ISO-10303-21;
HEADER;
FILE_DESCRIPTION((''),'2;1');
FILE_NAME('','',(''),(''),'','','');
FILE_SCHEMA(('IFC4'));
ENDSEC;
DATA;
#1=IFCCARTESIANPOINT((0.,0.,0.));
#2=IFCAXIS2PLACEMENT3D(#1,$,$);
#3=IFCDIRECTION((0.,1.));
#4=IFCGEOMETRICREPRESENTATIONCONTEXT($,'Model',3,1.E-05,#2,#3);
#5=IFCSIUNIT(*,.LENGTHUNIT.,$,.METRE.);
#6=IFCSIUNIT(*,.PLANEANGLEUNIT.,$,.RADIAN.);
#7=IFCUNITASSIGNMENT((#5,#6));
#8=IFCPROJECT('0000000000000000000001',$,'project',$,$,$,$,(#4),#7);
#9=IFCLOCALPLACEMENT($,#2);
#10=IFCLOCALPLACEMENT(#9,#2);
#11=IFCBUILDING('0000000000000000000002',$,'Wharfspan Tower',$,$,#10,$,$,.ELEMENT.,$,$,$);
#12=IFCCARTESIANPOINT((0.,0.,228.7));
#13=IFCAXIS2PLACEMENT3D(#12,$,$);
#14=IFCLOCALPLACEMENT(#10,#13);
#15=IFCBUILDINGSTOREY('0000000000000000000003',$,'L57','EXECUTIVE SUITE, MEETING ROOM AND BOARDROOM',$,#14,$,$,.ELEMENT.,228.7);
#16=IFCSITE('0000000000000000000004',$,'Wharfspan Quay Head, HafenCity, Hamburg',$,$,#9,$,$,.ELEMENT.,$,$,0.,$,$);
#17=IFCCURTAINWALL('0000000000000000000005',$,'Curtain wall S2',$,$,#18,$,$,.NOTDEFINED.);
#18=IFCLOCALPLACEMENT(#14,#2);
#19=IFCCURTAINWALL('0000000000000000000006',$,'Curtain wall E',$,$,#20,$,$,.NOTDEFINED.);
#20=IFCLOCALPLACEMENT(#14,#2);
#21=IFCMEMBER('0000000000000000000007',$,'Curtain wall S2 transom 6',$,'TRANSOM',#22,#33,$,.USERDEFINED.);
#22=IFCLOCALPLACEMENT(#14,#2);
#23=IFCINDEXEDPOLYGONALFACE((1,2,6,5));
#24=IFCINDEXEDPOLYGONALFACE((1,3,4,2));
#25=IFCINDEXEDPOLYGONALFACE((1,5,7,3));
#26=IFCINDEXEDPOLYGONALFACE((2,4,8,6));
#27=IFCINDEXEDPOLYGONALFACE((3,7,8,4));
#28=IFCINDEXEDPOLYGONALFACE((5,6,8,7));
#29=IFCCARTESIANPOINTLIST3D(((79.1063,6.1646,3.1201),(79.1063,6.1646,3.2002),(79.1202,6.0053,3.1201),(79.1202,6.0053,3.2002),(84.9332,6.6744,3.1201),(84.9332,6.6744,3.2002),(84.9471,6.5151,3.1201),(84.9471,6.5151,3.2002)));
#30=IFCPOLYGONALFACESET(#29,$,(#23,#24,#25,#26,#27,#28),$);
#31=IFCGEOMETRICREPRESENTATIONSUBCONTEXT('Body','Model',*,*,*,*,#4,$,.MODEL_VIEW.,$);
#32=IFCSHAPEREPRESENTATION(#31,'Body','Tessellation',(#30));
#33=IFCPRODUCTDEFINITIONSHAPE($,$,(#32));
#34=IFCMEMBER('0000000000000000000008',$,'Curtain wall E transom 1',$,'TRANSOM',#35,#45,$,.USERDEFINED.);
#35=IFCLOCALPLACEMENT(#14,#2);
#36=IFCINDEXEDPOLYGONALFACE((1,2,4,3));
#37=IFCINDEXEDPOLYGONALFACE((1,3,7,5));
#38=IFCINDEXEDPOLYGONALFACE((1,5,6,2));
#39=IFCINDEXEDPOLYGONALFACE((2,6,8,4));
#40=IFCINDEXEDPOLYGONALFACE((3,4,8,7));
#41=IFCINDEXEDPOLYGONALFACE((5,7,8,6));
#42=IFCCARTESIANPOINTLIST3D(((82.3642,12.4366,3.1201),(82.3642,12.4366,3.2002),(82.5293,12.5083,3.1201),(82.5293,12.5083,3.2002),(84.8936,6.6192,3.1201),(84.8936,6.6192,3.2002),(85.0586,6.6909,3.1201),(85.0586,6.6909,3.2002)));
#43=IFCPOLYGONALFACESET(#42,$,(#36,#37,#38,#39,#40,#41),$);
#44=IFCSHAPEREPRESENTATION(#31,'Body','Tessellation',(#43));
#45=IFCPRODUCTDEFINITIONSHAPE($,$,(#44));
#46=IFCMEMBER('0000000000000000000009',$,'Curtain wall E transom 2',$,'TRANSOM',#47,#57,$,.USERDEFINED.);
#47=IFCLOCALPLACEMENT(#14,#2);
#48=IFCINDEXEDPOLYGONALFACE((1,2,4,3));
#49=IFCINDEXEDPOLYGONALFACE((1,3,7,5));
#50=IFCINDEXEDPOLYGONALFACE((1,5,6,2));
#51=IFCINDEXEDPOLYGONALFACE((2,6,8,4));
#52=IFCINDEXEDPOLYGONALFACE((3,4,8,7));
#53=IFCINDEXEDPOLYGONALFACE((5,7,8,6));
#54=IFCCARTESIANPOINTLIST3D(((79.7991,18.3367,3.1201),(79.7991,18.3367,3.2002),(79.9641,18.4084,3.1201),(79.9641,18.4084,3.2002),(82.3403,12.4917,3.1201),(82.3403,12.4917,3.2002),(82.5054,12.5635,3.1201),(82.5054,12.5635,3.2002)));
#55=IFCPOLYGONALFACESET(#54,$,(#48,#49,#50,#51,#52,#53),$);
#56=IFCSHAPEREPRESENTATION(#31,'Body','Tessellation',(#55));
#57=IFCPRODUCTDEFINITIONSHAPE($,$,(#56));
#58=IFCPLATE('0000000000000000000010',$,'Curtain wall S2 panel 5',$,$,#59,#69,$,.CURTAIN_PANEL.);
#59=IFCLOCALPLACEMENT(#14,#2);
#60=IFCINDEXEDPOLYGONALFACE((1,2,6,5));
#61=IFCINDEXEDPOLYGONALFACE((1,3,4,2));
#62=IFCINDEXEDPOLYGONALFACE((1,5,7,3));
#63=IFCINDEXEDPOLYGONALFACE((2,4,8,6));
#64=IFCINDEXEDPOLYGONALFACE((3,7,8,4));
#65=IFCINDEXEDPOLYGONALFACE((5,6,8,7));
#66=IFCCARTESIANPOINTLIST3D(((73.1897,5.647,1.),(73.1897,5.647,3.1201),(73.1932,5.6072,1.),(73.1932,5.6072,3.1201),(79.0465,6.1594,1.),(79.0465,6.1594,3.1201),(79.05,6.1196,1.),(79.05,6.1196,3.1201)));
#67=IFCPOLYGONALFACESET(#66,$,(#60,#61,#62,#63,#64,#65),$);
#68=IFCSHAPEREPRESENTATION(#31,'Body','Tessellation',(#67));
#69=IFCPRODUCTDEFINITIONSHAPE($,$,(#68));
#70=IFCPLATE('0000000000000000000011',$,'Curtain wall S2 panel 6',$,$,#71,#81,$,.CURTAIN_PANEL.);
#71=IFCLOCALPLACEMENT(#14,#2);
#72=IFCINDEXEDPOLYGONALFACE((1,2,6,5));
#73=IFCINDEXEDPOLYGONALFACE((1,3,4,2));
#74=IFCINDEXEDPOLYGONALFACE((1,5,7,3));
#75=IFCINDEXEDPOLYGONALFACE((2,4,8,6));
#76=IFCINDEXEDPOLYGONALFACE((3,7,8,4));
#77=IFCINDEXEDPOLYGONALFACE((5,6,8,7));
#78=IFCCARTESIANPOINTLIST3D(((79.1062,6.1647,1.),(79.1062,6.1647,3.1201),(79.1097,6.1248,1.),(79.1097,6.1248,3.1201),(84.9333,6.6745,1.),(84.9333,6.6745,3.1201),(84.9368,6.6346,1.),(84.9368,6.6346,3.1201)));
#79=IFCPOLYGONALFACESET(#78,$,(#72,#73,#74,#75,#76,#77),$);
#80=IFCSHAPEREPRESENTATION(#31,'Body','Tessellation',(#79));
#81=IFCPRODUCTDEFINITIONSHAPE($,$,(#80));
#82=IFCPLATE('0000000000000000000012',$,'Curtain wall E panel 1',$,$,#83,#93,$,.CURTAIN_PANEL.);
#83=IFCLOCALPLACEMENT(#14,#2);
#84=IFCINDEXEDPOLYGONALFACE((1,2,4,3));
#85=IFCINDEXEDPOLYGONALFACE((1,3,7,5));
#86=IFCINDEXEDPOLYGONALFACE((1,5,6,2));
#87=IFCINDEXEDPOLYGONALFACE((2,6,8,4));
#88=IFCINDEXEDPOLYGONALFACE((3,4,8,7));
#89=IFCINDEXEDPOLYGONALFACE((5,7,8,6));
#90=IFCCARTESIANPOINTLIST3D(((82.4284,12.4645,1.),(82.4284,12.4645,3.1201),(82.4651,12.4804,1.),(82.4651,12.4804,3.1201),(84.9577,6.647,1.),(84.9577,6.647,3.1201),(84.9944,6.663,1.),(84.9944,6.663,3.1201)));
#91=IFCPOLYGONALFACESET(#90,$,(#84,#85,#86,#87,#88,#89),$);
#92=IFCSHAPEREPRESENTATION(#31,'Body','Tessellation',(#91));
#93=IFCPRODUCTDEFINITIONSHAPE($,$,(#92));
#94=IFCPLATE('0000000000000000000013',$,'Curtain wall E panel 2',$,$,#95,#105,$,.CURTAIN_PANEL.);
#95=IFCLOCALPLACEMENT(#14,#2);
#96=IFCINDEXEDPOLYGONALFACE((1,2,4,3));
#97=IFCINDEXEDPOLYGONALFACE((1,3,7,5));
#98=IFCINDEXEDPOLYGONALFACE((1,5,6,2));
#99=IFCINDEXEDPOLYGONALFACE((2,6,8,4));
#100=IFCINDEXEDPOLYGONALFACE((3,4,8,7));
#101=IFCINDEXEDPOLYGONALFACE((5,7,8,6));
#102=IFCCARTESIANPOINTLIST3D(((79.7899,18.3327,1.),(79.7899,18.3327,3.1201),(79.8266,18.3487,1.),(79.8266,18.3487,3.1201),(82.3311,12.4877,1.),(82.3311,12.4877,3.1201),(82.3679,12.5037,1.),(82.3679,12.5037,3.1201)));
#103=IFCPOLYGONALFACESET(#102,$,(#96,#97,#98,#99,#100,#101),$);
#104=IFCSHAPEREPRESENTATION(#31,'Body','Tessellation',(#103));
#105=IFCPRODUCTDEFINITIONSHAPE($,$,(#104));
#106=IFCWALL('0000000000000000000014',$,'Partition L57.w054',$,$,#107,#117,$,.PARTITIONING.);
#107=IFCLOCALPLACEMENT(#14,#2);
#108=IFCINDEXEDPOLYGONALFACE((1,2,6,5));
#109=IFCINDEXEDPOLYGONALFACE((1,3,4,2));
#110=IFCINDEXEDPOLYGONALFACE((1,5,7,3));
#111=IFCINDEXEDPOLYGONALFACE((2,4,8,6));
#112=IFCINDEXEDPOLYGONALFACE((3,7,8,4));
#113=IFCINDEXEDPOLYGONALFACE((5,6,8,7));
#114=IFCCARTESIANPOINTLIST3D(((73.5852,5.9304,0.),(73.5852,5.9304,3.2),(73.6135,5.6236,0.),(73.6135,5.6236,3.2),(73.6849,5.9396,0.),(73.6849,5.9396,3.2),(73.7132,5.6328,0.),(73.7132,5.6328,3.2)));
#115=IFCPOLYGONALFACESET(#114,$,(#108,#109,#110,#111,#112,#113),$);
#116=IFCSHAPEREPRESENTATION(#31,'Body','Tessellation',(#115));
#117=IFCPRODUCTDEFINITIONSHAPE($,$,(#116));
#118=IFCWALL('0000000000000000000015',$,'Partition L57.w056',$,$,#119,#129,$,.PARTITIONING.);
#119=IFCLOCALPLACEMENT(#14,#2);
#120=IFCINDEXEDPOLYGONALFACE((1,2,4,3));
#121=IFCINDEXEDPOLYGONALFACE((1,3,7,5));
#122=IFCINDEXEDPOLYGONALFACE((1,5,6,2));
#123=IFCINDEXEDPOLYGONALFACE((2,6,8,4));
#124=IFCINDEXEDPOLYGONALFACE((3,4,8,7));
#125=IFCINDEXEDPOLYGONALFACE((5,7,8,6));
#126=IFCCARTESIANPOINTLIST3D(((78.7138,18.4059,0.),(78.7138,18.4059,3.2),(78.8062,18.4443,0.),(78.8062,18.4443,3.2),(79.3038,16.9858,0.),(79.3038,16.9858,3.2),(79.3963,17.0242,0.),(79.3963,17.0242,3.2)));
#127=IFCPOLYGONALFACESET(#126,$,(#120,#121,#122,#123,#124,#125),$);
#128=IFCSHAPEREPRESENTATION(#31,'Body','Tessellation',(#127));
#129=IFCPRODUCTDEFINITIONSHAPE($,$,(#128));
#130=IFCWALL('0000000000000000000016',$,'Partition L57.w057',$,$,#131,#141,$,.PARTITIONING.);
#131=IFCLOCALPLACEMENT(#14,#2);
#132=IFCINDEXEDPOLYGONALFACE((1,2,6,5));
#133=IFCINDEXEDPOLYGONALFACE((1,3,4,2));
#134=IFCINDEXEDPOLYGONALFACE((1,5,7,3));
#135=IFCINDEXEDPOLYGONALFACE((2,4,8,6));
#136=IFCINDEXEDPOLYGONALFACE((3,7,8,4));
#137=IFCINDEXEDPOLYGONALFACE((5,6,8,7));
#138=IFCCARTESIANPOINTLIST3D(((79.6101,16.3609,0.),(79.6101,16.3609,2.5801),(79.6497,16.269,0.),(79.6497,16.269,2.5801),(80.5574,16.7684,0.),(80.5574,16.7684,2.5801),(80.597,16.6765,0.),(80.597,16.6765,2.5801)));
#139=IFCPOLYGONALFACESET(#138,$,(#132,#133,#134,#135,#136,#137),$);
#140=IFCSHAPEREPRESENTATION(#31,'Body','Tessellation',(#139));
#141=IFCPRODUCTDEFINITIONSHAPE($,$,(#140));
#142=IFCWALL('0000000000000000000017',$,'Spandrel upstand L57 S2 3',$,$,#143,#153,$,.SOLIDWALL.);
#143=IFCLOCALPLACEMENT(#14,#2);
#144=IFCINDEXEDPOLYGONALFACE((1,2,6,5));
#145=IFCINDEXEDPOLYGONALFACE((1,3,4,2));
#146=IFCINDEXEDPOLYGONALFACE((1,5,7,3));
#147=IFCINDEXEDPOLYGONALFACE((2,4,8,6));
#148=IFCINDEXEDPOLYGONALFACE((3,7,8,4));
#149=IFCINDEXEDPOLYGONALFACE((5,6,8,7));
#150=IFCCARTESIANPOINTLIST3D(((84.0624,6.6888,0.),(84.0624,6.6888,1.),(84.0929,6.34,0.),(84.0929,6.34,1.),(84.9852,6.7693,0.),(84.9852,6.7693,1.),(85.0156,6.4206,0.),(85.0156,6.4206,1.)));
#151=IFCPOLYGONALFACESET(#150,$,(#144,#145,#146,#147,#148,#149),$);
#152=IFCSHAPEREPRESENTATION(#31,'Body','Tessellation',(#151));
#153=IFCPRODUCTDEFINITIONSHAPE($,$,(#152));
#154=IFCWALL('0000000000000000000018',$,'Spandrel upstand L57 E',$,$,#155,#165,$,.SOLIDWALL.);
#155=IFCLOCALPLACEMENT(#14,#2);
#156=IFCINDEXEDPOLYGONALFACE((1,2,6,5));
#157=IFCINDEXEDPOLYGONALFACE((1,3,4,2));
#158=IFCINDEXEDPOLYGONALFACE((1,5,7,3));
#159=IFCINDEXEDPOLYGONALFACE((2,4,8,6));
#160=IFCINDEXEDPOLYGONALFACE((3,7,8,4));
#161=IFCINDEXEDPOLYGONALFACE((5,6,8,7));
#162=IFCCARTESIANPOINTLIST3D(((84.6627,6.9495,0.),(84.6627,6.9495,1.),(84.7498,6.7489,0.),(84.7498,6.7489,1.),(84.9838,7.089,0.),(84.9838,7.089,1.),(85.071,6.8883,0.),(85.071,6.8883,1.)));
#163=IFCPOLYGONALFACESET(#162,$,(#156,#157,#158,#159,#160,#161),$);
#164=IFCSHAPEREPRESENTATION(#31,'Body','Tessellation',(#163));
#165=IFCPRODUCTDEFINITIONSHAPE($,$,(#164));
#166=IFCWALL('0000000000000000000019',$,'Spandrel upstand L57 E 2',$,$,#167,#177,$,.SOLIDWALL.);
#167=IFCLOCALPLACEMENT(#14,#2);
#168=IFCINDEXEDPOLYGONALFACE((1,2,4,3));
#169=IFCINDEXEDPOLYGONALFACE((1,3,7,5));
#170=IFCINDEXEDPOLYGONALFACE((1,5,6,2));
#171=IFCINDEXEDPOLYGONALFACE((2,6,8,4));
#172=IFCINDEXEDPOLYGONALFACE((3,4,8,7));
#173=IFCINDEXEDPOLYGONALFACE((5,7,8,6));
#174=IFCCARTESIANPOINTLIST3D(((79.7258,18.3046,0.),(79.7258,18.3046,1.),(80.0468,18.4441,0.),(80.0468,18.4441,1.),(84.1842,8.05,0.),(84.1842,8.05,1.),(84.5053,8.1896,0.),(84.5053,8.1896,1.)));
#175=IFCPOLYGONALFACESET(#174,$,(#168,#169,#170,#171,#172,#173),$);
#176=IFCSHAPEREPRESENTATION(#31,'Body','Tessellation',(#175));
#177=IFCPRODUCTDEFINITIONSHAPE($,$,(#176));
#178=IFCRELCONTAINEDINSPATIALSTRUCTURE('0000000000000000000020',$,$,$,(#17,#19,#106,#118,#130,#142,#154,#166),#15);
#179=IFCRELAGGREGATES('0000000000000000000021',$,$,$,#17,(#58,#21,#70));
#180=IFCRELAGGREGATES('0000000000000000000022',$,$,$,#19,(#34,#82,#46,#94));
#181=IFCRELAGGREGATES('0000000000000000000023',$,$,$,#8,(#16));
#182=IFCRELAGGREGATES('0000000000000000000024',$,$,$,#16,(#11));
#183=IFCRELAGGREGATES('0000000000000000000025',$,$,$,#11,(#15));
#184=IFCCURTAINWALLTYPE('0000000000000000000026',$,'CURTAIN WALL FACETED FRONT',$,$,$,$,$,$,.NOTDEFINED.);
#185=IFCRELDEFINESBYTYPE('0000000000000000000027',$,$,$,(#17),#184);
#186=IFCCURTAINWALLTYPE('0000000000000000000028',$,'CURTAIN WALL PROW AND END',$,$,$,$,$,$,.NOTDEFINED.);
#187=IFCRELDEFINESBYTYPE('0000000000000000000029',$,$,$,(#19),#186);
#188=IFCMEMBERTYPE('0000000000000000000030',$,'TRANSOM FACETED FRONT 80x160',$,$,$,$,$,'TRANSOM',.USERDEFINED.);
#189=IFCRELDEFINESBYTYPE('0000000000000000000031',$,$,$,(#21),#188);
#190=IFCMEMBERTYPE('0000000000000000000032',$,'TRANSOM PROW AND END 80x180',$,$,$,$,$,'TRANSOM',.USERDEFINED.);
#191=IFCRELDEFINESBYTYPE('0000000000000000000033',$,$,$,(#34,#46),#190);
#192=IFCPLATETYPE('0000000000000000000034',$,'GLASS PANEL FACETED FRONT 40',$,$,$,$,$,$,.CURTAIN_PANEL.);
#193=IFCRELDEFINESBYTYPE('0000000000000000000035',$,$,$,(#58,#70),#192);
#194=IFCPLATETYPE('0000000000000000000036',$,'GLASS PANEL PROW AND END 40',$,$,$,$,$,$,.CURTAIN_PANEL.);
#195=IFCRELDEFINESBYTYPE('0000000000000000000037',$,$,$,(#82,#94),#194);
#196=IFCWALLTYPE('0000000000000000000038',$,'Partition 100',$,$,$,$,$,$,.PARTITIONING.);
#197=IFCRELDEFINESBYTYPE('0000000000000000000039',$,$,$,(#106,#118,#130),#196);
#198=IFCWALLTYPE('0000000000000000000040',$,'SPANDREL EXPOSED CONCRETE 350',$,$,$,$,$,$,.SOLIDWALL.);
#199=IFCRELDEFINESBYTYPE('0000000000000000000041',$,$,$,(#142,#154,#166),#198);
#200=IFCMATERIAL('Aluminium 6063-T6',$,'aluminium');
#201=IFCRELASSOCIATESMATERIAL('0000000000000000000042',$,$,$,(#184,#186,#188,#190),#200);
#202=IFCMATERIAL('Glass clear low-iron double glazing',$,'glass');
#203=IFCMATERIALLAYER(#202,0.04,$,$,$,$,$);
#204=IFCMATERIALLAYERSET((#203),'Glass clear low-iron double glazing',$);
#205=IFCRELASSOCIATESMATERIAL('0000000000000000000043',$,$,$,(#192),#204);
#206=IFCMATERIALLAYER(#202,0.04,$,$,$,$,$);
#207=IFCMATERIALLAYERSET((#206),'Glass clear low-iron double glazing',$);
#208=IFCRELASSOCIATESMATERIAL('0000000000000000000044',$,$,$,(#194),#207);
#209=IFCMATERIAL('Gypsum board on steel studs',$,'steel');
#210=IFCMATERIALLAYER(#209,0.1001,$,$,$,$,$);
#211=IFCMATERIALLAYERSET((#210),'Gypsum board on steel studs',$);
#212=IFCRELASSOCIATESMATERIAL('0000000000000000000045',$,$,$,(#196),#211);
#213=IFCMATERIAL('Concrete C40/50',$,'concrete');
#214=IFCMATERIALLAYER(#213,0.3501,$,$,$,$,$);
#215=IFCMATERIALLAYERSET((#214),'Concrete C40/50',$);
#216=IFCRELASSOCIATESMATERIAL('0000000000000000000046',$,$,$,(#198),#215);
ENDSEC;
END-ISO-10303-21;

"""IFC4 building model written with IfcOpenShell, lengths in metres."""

from ifc_helpers import new_model, si_unit, direction, frame, frame_2d, origin, origin_2d, place, context, subcontext, project, spatial, rectangle, extrude, material, layer, layer_set, material_profile, profile_set, type_object, element, aggregate, save


model = new_model("IFC4")

# Units and contexts
model_context = context("Model", 3, precision=1e-05, world=origin(), true_north=direction((0.0, 1.0)))
body_context = subcontext(model_context, "Body", "Model", "MODEL_VIEW")
ifc_project = project(units=[si_unit("LENGTHUNIT", "METRE"), si_unit("PLANEANGLEUNIT", "RADIAN")], contexts=[model_context])

# Site, building, storey
site_placement = place(None, origin())
site = spatial("IfcSite", under=ifc_project, at=site_placement, Name="Wharfspan Quay Head, HafenCity, Hamburg", CompositionType="ELEMENT", RefElevation=0.0)
building_placement = place(site_placement, origin())
building = spatial("IfcBuilding", under=site, at=building_placement, Name="Wharfspan Tower", CompositionType="ELEMENT")
storey_placement = place(building_placement, frame((0.0, 0.0, 228.7)))
storey = spatial("IfcBuildingStorey", under=building, at=storey_placement, Name="L57", Description="EXECUTIVE SUITE, MEETING ROOM AND BOARDROOM", CompositionType="ELEMENT", Elevation=228.7)

# Curtain walls
ifc_material_1 = material(Name="Aluminium 6063-T6", Category="aluminium")
curtain_wall_type_1 = type_object("IfcCurtainWallType", Name="CURTAIN WALL FACETED FRONT", PredefinedType="NOTDEFINED", material=ifc_material_1)
curtain_wall_1_placement = place(storey_placement, origin())
curtain_wall_1 = element("IfcCurtainWall", 1, at=curtain_wall_1_placement, inside=storey, type_object=curtain_wall_type_1, Name="Curtain wall S2", PredefinedType="NOTDEFINED")
curtain_wall_type_2 = type_object("IfcCurtainWallType", Name="CURTAIN WALL PROW AND END", PredefinedType="NOTDEFINED", material=ifc_material_1)
curtain_wall_2_placement = place(storey_placement, origin())
curtain_wall_2 = element("IfcCurtainWall", 2, at=curtain_wall_2_placement, inside=storey, type_object=curtain_wall_type_2, Name="Curtain wall E", PredefinedType="NOTDEFINED")

# Members
ifc_material_profile_1 = material_profile(ifc_material_1, rectangle(XDim=0.1599, YDim=0.0801, at=origin_2d()))
ifc_profile_set_1 = profile_set([ifc_material_profile_1], Name="Aluminium 6063-T6")
member_type_1 = type_object("IfcMemberType", Name="TRANSOM FACETED FRONT 80x160", ElementType="TRANSOM", PredefinedType="USERDEFINED", material=ifc_profile_set_1)
member_1_placement = place(storey_placement, frame((79.1133, 6.085, 3.1602), z_axis=(0.996195, 0.087152, 0.0), x_axis=(-0.087152, 0.996195, 0.0)))
member_1 = element("IfcMember", 3, at=member_1_placement, type_object=member_type_1, Name="Curtain wall S2 transom 6", ObjectType="TRANSOM", PredefinedType="USERDEFINED", context=body_context, shape_type="SweptSolid", body=[
    extrude(rectangle(XDim=0.1599, YDim=0.0801, at=origin_2d()), origin(), (0.0, 0.0, 1.0), 5.8491),
])
ifc_material_profile_2 = material_profile(ifc_material_1, rectangle(XDim=0.1799, YDim=0.0801, at=origin_2d()))
ifc_profile_set_2 = profile_set([ifc_material_profile_2], Name="Aluminium 6063-T6")
member_type_2 = type_object("IfcMemberType", Name="TRANSOM PROW AND END 80x180", ElementType="TRANSOM", PredefinedType="USERDEFINED", material=ifc_profile_set_2)
member_2_placement = place(storey_placement, frame((84.9761, 6.655, 3.1602), z_axis=(-0.398726, 0.91707, 0.0), x_axis=(-0.91707, -0.398726, 0.0)))
member_2 = element("IfcMember", 4, at=member_2_placement, type_object=member_type_2, Name="Curtain wall E transom 1", ObjectType="TRANSOM", PredefinedType="USERDEFINED", context=body_context, shape_type="SweptSolid", body=[
    extrude(rectangle(XDim=0.1799, YDim=0.0801, at=origin_2d()), origin(), (0.0, 0.0, 1.0), 6.3435),
])
member_3_placement = place(storey_placement, frame((82.4229, 12.5276, 3.1602), z_axis=(-0.398722, 0.917072, 0.0), x_axis=(-0.917072, -0.398722, 0.0)))
member_3 = element("IfcMember", 5, at=member_3_placement, type_object=member_type_2, Name="Curtain wall E transom 2", ObjectType="TRANSOM", PredefinedType="USERDEFINED", context=body_context, shape_type="SweptSolid", body=[
    extrude(rectangle(XDim=0.1799, YDim=0.0801, at=origin_2d()), origin(), (0.0, 0.0, 1.0), 6.3735),
])

# Plates
ifc_material_2 = material(Name="Glass clear low-iron double glazing", Category="glass")
ifc_layer_1 = layer(ifc_material_2, 0.04)
ifc_layer_set_1 = layer_set([ifc_layer_1], Name="Glass clear low-iron double glazing")
plate_type_1 = type_object("IfcPlateType", Name="GLASS PANEL FACETED FRONT 40", PredefinedType="CURTAIN_PANEL", material=ifc_layer_set_1)
plate_1_placement = place(storey_placement, frame((76.1199, 5.8833, 1.0), z_axis=(0.0, 0.0, 1.0), x_axis=(0.996197, 0.087156, 0.0)))
plate_1 = element("IfcPlate", 6, at=plate_1_placement, type_object=plate_type_1, Name="Curtain wall S2 panel 5", PredefinedType="CURTAIN_PANEL", context=body_context, shape_type="SweptSolid", body=[
    extrude(rectangle(XDim=5.8792, YDim=0.04, at=origin_2d()), origin(), (0.0, 0.0, 1.0), 2.1201),
])
plate_2_placement = place(storey_placement, frame((82.0215, 6.3997, 1.0), z_axis=(0.0, 0.0, 1.0), x_axis=(0.996197, 0.087156, 0.0)))
plate_2 = element("IfcPlate", 7, at=plate_2_placement, type_object=plate_type_1, Name="Curtain wall S2 panel 6", PredefinedType="CURTAIN_PANEL", context=body_context, shape_type="SweptSolid", body=[
    extrude(rectangle(XDim=5.8494, YDim=0.04, at=origin_2d()), origin(), (0.0, 0.0, 1.0), 2.1201),
])
aggregate(curtain_wall_1, [plate_1, member_1, plate_2])
ifc_layer_2 = layer(ifc_material_2, 0.04)
ifc_layer_set_2 = layer_set([ifc_layer_2], Name="Glass clear low-iron double glazing")
plate_type_2 = type_object("IfcPlateType", Name="GLASS PANEL PROW AND END 40", PredefinedType="CURTAIN_PANEL", material=ifc_layer_set_2)
plate_3_placement = place(storey_placement, frame((83.7114, 9.5637, 1.0), z_axis=(0.0, 0.0, 1.0), x_axis=(-0.398727, 0.917072, 0.0)))
plate_3 = element("IfcPlate", 8, at=plate_3_placement, type_object=plate_type_2, Name="Curtain wall E panel 1", PredefinedType="CURTAIN_PANEL", context=body_context, shape_type="SweptSolid", body=[
    extrude(rectangle(XDim=6.3435, YDim=0.04, at=origin_2d()), origin(), (0.0, 0.0, 1.0), 2.1201),
])
plate_4_placement = place(storey_placement, frame((81.0789, 15.4182, 1.0), z_axis=(0.0, 0.0, 1.0), x_axis=(-0.398727, 0.917072, 0.0)))
plate_4 = element("IfcPlate", 9, at=plate_4_placement, type_object=plate_type_2, Name="Curtain wall E panel 2", PredefinedType="CURTAIN_PANEL", context=body_context, shape_type="SweptSolid", body=[
    extrude(rectangle(XDim=6.3735, YDim=0.04, at=origin_2d()), origin(), (0.0, 0.0, 1.0), 2.1201),
])
aggregate(curtain_wall_2, [member_2, plate_3, member_3, plate_4])

# Walls
ifc_material_3 = material(Name="Gypsum board on steel studs", Category="steel")
ifc_layer_3 = layer(ifc_material_3, 0.1001)
ifc_layer_set_3 = layer_set([ifc_layer_3], Name="Gypsum board on steel studs")
wall_type_1 = type_object("IfcWallType", Name="Partition 100", PredefinedType="PARTITIONING", material=ifc_layer_set_3)
wall_1_placement = place(storey_placement, frame((73.6633, 5.6282, 0.0), z_axis=(0.0, 0.0, 1.0), x_axis=(-0.091893, 0.995772, 0.0)))
element("IfcWall", 10, at=wall_1_placement, inside=storey, type_object=wall_type_1, Name="Partition L57.w054", PredefinedType="PARTITIONING", context=body_context, shape_type="SweptSolid", body=[
    extrude(rectangle(XDim=0.3081, YDim=0.1001, at=frame_2d((0.1541, 0.0))), origin(), (0.0, 0.0, 1.0), 3.2),
])
wall_2_placement = place(storey_placement, frame((79.3501, 17.0049, 0.0), z_axis=(0.0, 0.0, 1.0), x_axis=(-0.383703, 0.923459, 0.0)))
element("IfcWall", 11, at=wall_2_placement, inside=storey, type_object=wall_type_1, Name="Partition L57.w056", PredefinedType="PARTITIONING", context=body_context, shape_type="SweptSolid", body=[
    extrude(rectangle(XDim=1.5378, YDim=0.1001, at=frame_2d((0.769, 0.0))), origin(), (0.0, 0.0, 1.0), 3.2),
])
wall_3_placement = place(storey_placement, frame((79.6299, 16.3149, 0.0), z_axis=(0.0, 0.0, 1.0), x_axis=(0.918616, 0.395147, 0.0)))
element("IfcWall", 12, at=wall_3_placement, inside=storey, type_object=wall_type_1, Name="Partition L57.w057", PredefinedType="PARTITIONING", context=body_context, shape_type="SweptSolid", body=[
    extrude(rectangle(XDim=1.0312, YDim=0.1001, at=frame_2d((0.5156, 0.0))), origin(), (0.0, 0.0, 1.0), 2.5801),
])
ifc_material_4 = material(Name="Concrete C40/50", Category="concrete")
ifc_layer_4 = layer(ifc_material_4, 0.3501)
ifc_layer_set_4 = layer_set([ifc_layer_4], Name="Concrete C40/50")
wall_type_2 = type_object("IfcWallType", Name="SPANDREL EXPOSED CONCRETE 350", PredefinedType="SOLIDWALL", material=ifc_layer_set_4)
wall_4_placement = place(storey_placement, frame((84.0776, 6.5144, 0.0), z_axis=(0.0, 0.0, 1.0), x_axis=(0.996213, 0.086971, 0.0)))
element("IfcWall", 13, at=wall_4_placement, inside=storey, type_object=wall_type_2, Name="Spandrel upstand L57 S2 3", PredefinedType="SOLIDWALL", context=body_context, shape_type="SweptSolid", body=[
    extrude(rectangle(XDim=0.9263, YDim=0.3501, at=frame_2d((0.4631, 0.0))), origin(), (0.0, 0.0, 1.0), 1.0),
])
wall_5_placement = place(storey_placement, frame((84.9104, 6.8186, 0.0), z_axis=(0.0, 0.0, 1.0), x_axis=(-0.398359, 0.91723, 0.0)))
element("IfcWall", 14, at=wall_5_placement, inside=storey, type_object=wall_type_2, Name="Spandrel upstand L57 E", PredefinedType="SOLIDWALL", context=body_context, shape_type="SweptSolid", body=[
    extrude(rectangle(XDim=0.2188, YDim=0.3501, at=frame_2d((0.1094, 0.0))), origin(), (0.0, 0.0, 1.0), 1.0),
])
wall_6_placement = place(storey_placement, frame((84.3447, 8.1199, 0.0), z_axis=(0.0, 0.0, 1.0), x_axis=(-0.398721, 0.917067, 0.0)))
element("IfcWall", 15, at=wall_6_placement, inside=storey, type_object=wall_type_2, Name="Spandrel upstand L57 E 2", PredefinedType="SOLIDWALL", context=body_context, shape_type="SweptSolid", body=[
    extrude(rectangle(XDim=11.1819, YDim=0.3501, at=frame_2d((5.5908, 0.0))), origin(), (0.0, 0.0, 1.0), 1.0),
])

save(model, "model.ifc")
